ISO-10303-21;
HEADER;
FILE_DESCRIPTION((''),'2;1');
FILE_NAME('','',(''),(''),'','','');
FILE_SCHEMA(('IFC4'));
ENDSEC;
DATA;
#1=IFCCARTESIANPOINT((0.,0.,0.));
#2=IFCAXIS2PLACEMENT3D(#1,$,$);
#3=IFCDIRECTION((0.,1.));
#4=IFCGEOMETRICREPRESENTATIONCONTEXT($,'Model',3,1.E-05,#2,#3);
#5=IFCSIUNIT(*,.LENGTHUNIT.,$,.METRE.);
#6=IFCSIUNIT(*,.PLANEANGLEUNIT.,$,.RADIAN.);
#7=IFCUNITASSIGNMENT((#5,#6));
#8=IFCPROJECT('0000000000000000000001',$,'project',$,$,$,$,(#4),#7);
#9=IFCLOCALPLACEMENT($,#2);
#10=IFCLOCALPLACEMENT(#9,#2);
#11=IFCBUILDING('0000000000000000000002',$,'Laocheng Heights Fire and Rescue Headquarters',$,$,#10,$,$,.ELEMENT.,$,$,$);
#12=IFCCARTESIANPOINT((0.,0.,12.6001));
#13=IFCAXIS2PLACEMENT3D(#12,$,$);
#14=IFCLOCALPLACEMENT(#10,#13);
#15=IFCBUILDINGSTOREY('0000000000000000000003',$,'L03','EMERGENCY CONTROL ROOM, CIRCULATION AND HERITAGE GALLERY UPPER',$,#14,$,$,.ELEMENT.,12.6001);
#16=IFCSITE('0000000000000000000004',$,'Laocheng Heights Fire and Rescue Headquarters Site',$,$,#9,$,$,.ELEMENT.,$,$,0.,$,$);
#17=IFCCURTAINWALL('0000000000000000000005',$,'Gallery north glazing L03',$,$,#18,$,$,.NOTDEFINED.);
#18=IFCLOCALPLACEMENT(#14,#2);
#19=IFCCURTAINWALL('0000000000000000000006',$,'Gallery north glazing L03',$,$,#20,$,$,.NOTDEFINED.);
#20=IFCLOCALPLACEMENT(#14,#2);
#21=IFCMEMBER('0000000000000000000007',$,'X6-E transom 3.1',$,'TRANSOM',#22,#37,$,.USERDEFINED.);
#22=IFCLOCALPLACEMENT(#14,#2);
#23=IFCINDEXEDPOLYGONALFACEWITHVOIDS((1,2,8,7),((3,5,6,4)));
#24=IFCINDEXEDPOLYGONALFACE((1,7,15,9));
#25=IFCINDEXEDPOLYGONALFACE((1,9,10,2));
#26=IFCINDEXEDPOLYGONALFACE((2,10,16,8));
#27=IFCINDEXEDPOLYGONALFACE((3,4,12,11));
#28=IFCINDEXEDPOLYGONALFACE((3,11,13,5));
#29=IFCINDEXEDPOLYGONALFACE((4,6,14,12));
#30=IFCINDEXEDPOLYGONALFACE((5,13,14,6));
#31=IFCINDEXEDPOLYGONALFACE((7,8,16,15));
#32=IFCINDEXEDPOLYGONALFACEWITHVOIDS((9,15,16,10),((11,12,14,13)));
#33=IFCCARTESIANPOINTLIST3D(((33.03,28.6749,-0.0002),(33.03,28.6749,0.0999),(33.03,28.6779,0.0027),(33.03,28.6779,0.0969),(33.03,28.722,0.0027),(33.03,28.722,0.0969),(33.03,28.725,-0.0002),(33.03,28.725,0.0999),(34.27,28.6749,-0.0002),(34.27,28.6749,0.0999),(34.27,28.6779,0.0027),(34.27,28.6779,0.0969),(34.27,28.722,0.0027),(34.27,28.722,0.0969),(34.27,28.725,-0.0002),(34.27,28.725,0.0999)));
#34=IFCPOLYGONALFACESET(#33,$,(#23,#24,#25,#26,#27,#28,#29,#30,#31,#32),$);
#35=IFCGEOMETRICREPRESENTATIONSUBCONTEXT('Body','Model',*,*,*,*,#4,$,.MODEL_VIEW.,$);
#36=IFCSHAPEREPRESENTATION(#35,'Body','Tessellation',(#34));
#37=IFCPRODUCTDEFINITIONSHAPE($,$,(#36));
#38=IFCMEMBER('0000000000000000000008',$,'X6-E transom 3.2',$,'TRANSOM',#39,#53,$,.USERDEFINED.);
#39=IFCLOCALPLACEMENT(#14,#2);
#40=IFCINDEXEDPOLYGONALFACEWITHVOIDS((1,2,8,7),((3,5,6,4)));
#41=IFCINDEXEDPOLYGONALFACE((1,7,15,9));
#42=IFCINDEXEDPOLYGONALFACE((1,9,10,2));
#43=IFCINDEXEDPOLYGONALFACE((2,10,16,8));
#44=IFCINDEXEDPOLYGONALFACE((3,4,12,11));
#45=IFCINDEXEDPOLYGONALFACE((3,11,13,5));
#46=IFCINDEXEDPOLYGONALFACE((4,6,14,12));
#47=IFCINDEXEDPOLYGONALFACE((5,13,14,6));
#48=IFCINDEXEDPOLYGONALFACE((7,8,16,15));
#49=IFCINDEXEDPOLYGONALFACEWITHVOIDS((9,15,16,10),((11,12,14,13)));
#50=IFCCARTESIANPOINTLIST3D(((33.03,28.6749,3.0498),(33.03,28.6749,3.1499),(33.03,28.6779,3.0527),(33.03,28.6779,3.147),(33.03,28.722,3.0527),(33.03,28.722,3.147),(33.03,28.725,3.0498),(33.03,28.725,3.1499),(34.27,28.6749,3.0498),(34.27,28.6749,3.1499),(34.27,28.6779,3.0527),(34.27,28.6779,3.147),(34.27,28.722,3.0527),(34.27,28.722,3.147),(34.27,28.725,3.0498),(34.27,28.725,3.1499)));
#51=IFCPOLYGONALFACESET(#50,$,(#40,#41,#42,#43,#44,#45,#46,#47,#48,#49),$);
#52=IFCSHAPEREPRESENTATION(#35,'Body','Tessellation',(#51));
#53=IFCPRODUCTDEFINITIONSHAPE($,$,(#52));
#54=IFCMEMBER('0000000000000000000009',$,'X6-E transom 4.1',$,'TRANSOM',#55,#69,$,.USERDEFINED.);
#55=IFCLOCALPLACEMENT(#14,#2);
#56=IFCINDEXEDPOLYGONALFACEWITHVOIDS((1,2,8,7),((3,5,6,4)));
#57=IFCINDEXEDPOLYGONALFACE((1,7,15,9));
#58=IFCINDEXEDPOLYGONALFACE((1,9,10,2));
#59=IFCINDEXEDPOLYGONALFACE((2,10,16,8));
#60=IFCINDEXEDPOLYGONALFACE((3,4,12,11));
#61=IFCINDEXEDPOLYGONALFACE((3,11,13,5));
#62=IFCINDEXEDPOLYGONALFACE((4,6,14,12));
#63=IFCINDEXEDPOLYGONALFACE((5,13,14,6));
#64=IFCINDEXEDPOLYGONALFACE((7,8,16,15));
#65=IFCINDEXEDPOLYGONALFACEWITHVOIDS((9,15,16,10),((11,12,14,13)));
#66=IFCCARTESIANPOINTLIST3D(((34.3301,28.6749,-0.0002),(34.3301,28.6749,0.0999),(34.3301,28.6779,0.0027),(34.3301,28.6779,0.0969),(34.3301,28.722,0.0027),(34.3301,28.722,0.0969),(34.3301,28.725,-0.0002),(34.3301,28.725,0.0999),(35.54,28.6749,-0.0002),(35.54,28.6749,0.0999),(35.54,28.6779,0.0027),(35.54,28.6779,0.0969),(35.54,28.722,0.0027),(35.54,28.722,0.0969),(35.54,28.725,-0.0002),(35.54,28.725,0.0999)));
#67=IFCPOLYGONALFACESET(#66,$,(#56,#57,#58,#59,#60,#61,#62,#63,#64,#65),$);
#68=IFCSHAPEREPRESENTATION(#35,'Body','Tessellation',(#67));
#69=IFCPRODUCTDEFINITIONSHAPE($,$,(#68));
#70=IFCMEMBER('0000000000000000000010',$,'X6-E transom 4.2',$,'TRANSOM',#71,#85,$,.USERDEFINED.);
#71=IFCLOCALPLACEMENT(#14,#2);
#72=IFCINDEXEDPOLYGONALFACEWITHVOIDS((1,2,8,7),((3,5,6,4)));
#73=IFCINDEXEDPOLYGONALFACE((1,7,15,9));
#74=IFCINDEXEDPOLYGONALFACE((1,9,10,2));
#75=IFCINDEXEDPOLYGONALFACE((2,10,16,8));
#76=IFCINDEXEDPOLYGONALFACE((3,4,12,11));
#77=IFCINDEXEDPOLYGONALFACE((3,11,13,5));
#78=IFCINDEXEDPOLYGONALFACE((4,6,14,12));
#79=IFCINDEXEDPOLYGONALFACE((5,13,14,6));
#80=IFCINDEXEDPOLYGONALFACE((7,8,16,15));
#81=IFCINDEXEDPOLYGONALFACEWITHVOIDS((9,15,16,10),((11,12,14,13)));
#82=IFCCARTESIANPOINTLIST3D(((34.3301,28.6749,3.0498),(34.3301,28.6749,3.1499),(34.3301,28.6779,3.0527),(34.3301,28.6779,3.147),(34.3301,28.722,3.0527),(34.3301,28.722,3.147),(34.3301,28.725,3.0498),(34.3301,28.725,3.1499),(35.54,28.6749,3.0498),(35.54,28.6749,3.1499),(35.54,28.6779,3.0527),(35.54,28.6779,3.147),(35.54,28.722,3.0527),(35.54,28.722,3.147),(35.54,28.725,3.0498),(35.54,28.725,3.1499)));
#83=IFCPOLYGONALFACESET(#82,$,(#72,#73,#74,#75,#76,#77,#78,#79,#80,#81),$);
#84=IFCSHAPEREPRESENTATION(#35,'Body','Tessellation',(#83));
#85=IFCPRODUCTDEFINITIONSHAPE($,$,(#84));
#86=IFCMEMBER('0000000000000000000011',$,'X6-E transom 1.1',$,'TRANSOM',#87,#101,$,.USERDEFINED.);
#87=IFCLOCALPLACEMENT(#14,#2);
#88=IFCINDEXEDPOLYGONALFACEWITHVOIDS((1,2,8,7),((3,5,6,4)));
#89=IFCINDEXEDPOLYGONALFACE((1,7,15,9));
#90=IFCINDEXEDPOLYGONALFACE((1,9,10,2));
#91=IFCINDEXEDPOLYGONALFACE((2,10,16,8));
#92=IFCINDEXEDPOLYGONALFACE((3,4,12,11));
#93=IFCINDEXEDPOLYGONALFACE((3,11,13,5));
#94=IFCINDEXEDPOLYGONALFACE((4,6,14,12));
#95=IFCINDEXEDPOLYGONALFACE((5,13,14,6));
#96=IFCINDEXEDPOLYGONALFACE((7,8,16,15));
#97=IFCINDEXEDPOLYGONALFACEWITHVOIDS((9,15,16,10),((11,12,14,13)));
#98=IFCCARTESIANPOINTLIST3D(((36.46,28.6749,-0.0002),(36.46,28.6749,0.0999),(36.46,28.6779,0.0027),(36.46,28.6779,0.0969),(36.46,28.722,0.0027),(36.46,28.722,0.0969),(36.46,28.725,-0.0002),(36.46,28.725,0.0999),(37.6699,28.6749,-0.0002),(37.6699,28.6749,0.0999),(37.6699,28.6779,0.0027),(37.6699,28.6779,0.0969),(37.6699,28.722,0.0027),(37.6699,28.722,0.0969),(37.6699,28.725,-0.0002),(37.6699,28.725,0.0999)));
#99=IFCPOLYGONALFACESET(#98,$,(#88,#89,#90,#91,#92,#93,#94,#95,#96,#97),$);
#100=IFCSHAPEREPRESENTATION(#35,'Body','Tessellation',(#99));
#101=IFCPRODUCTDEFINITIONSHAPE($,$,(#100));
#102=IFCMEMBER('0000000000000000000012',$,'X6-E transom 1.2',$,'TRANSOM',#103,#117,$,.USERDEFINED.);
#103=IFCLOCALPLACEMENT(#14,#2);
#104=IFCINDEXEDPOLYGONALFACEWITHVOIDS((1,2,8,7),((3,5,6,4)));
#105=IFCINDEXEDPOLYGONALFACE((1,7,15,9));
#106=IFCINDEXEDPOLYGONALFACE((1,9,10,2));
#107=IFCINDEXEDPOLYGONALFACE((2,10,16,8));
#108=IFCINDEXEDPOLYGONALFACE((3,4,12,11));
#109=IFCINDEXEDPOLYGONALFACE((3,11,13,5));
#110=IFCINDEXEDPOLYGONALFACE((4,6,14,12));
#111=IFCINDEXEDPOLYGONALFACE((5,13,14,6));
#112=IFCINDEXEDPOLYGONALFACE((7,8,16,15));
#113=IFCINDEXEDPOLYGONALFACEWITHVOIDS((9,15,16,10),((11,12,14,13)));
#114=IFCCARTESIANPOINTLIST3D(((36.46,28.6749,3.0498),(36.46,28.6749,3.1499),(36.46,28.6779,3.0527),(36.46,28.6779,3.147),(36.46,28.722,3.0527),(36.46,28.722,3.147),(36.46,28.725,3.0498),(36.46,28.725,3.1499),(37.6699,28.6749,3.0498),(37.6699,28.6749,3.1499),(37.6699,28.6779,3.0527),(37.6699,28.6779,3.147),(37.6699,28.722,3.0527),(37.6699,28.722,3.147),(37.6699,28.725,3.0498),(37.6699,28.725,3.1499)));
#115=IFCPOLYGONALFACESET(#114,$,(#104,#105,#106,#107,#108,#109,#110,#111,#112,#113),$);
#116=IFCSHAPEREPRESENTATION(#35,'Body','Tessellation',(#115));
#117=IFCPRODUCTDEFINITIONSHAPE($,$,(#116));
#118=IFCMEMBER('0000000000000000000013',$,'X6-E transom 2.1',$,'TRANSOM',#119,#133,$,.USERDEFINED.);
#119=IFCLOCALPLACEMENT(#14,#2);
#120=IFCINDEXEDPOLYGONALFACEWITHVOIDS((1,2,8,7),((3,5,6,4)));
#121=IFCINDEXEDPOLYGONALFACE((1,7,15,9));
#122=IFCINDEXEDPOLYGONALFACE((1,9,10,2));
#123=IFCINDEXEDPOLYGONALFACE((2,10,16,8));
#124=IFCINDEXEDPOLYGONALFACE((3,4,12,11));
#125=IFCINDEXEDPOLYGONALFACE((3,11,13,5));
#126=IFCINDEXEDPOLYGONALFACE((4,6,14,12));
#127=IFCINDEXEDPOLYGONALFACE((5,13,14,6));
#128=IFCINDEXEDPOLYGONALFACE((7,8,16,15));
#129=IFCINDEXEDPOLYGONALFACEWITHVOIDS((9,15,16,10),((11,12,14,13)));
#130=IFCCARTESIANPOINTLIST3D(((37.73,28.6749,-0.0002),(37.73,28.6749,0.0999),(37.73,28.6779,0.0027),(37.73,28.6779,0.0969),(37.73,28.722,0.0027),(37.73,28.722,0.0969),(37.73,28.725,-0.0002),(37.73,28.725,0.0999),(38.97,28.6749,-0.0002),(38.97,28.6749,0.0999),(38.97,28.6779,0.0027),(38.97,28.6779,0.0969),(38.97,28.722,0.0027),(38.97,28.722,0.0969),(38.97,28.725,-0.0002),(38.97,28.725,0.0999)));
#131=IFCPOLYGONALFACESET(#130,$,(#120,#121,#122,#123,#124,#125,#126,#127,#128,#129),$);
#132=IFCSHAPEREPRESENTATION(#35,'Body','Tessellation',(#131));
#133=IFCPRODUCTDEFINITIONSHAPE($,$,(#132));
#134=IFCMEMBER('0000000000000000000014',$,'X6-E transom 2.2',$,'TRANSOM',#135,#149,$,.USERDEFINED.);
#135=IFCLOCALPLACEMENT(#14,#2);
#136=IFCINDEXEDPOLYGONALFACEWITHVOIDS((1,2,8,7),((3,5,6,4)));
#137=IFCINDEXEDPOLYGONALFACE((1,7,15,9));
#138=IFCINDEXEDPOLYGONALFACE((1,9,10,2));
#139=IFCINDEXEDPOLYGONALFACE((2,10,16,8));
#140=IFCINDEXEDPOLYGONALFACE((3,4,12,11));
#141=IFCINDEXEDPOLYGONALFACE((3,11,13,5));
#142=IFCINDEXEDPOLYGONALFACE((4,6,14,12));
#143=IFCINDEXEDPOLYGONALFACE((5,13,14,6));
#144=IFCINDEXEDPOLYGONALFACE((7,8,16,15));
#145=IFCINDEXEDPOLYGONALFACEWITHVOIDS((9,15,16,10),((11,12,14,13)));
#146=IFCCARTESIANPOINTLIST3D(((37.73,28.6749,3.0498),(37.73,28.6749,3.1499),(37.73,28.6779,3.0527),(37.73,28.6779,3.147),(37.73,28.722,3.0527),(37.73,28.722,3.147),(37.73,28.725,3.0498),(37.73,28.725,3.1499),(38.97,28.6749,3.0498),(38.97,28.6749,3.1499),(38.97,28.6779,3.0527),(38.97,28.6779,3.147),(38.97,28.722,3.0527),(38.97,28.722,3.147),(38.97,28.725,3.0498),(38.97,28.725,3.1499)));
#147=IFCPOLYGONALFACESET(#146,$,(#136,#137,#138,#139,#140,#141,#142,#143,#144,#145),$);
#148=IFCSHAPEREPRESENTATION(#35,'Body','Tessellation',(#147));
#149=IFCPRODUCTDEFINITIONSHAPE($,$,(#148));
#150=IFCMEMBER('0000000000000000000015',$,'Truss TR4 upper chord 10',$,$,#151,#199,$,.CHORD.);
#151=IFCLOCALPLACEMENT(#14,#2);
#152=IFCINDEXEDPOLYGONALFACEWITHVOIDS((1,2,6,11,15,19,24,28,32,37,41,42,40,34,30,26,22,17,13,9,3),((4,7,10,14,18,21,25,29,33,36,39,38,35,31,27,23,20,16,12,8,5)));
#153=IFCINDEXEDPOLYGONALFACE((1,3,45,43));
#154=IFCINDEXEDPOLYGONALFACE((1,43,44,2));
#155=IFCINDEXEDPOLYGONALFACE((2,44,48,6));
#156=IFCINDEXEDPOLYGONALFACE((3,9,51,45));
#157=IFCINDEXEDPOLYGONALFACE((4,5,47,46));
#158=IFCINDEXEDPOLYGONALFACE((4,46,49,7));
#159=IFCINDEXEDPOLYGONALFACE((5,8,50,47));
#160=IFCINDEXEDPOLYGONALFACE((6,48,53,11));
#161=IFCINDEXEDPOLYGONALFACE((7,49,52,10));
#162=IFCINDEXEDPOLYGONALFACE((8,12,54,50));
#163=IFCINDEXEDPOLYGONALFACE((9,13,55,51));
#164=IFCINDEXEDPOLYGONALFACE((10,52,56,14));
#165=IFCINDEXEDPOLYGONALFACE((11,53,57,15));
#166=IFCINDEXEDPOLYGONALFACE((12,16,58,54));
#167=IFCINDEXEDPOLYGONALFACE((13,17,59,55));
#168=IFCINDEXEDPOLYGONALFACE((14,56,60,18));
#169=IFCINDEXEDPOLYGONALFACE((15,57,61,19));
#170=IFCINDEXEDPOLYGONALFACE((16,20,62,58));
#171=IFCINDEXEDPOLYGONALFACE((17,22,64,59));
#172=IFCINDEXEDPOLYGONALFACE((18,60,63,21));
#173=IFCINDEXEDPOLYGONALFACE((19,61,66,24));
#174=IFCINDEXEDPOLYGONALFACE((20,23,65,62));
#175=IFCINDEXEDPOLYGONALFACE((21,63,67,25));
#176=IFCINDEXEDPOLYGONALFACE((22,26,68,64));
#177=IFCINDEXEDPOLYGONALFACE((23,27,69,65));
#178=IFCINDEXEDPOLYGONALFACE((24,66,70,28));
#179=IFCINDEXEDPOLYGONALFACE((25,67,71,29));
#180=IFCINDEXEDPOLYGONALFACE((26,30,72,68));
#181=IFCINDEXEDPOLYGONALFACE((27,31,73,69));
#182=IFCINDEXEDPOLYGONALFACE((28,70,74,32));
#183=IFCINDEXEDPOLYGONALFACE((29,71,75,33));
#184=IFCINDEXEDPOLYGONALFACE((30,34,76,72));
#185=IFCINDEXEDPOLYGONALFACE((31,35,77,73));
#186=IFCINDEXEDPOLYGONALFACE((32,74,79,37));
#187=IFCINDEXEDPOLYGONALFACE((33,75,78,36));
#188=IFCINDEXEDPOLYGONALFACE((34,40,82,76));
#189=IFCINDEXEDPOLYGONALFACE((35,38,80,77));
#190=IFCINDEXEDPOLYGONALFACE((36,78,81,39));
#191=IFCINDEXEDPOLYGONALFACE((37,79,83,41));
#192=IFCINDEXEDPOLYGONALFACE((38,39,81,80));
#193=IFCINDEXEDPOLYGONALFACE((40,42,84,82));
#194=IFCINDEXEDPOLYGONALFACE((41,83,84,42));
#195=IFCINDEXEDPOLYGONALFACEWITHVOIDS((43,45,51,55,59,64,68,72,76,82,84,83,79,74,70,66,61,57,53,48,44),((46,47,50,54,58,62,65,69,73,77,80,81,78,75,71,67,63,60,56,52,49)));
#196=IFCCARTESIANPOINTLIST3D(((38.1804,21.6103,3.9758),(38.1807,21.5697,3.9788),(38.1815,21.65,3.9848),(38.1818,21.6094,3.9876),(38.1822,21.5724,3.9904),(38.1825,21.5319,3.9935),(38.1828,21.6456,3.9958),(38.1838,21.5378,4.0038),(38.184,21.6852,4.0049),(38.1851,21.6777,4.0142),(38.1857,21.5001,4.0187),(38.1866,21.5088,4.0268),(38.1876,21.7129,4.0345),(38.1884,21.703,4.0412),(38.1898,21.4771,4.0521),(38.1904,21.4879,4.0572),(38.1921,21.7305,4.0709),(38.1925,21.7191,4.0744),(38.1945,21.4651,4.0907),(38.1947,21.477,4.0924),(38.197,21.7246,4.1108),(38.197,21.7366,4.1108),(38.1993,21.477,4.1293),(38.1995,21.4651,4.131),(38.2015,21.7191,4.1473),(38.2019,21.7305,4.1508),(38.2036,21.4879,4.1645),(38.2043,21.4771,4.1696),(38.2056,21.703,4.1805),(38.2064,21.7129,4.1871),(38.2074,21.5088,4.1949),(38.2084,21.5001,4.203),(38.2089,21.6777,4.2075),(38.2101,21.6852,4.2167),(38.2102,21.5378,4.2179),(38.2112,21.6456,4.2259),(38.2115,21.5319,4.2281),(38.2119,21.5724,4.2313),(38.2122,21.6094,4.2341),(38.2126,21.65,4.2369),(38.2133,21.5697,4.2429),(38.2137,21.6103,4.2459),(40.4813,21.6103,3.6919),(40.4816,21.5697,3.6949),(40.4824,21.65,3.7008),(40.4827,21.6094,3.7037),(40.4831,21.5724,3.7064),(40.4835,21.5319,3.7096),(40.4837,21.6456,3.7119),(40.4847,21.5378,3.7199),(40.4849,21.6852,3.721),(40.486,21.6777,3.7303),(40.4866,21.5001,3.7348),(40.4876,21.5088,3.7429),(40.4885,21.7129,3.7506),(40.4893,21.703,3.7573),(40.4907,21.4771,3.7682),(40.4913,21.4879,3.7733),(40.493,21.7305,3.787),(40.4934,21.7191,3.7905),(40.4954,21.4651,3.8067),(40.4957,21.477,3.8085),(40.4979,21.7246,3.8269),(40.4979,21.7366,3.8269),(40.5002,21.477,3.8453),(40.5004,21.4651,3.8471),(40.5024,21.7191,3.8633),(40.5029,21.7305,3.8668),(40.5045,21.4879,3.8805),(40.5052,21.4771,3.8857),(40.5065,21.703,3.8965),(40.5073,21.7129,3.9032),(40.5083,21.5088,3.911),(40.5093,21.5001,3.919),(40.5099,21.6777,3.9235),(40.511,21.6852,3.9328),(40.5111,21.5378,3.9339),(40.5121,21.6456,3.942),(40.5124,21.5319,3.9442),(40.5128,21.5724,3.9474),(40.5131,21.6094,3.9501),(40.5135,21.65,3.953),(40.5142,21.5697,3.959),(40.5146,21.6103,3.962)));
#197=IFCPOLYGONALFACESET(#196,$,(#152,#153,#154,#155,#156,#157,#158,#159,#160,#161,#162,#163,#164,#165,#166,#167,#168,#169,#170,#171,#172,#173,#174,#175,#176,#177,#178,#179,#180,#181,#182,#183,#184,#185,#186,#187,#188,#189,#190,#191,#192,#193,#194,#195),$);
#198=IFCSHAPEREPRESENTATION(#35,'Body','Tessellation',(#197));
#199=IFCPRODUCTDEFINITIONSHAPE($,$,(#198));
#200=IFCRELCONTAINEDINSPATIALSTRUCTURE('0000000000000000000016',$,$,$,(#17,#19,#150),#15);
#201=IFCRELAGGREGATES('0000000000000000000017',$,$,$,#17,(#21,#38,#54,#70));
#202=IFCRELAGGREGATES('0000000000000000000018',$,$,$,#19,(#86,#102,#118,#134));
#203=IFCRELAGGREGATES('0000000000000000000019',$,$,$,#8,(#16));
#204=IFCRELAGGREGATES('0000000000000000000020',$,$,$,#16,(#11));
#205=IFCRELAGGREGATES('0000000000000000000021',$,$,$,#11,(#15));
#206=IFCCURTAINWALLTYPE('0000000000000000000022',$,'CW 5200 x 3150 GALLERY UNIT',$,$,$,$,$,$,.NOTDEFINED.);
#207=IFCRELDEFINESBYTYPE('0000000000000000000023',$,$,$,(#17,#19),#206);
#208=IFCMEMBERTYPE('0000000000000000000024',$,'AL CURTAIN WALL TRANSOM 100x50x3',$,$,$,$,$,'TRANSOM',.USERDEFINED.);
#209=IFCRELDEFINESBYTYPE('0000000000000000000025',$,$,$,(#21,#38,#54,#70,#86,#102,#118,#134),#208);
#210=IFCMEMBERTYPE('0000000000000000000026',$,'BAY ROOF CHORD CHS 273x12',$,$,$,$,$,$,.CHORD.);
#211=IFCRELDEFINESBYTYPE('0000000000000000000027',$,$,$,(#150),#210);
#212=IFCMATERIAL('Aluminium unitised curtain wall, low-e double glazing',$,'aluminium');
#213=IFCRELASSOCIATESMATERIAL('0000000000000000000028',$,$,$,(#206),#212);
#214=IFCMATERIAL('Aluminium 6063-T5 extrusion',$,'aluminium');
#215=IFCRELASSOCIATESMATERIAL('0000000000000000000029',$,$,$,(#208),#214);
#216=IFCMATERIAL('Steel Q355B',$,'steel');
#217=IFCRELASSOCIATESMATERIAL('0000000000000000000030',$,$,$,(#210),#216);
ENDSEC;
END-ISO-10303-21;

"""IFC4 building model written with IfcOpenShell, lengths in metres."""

from ifc_helpers import new_model, si_unit, direction, frame, origin, origin_2d, place, context, subcontext, project, spatial, hollow_rectangle, hollow_circle, extrude, material, material_profile, profile_set, type_object, element, aggregate, save


model = new_model("IFC4")

# Units and contexts
model_context = context("Model", 3, precision=1e-05, world=origin(), true_north=direction((0.0, 1.0)))
body_context = subcontext(model_context, "Body", "Model", "MODEL_VIEW")
ifc_project = project(units=[si_unit("LENGTHUNIT", "METRE"), si_unit("PLANEANGLEUNIT", "RADIAN")], contexts=[model_context])

# Site, building, storey
site_placement = place(None, origin())
site = spatial("IfcSite", under=ifc_project, at=site_placement, Name="Laocheng Heights Fire and Rescue Headquarters Site", CompositionType="ELEMENT", RefElevation=0.0)
building_placement = place(site_placement, origin())
building = spatial("IfcBuilding", under=site, at=building_placement, Name="Laocheng Heights Fire and Rescue Headquarters", CompositionType="ELEMENT")
storey_placement = place(building_placement, frame((0.0, 0.0, 12.6001)))
storey = spatial("IfcBuildingStorey", under=building, at=storey_placement, Name="L03", Description="EMERGENCY CONTROL ROOM, CIRCULATION AND HERITAGE GALLERY UPPER", CompositionType="ELEMENT", Elevation=12.6001)

# Curtain walls
ifc_material_1 = material(Name="Aluminium unitised curtain wall, low-e double glazing", Category="aluminium")
curtain_wall_type = type_object("IfcCurtainWallType", Name="CW 5200 x 3150 GALLERY UNIT", PredefinedType="NOTDEFINED", material=ifc_material_1)
curtain_wall_1_placement = place(storey_placement, origin())
curtain_wall_1 = element("IfcCurtainWall", 1, at=curtain_wall_1_placement, inside=storey, type_object=curtain_wall_type, Name="Gallery north glazing L03", PredefinedType="NOTDEFINED")
curtain_wall_2_placement = place(storey_placement, origin())
curtain_wall_2 = element("IfcCurtainWall", 2, at=curtain_wall_2_placement, inside=storey, type_object=curtain_wall_type, Name="Gallery north glazing L03", PredefinedType="NOTDEFINED")

# Members
ifc_material_2 = material(Name="Aluminium 6063-T5 extrusion", Category="aluminium")
ifc_material_profile_1 = material_profile(ifc_material_2, hollow_rectangle(XDim=0.05, YDim=0.1001, WallThickness=0.0029, at=origin_2d()), Name="AL TRANSOM 100x50x3")
ifc_profile_set_1 = profile_set([ifc_material_profile_1], Name="Aluminium 6063-T5 extrusion")
member_type_1 = type_object("IfcMemberType", Name="AL CURTAIN WALL TRANSOM 100x50x3", ElementType="TRANSOM", PredefinedType="USERDEFINED", material=ifc_profile_set_1)
member_1_placement = place(storey_placement, frame((33.03, 28.7, 0.0498), z_axis=(1.0, 0.0, 0.0), x_axis=(0.0, 1.0, 0.0)))
member_1 = element("IfcMember", 3, at=member_1_placement, type_object=member_type_1, Name="X6-E transom 3.1", ObjectType="TRANSOM", PredefinedType="USERDEFINED", context=body_context, shape_type="SweptSolid", body=[
    extrude(hollow_rectangle(XDim=0.05, YDim=0.1001, WallThickness=0.0029, at=origin_2d()), origin(), (0.0, 0.0, 1.0), 1.24),
])
member_2_placement = place(storey_placement, frame((33.03, 28.7, 3.0999), z_axis=(1.0, 0.0, 0.0), x_axis=(0.0, 1.0, 0.0)))
member_2 = element("IfcMember", 4, at=member_2_placement, type_object=member_type_1, Name="X6-E transom 3.2", ObjectType="TRANSOM", PredefinedType="USERDEFINED", context=body_context, shape_type="SweptSolid", body=[
    extrude(hollow_rectangle(XDim=0.05, YDim=0.1001, WallThickness=0.0029, at=origin_2d()), origin(), (0.0, 0.0, 1.0), 1.24),
])
member_3_placement = place(storey_placement, frame((34.3301, 28.7, 0.0498), z_axis=(1.0, 0.0, 0.0), x_axis=(0.0, 1.0, 0.0)))
member_3 = element("IfcMember", 5, at=member_3_placement, type_object=member_type_1, Name="X6-E transom 4.1", ObjectType="TRANSOM", PredefinedType="USERDEFINED", context=body_context, shape_type="SweptSolid", body=[
    extrude(hollow_rectangle(XDim=0.05, YDim=0.1001, WallThickness=0.0029, at=origin_2d()), origin(), (0.0, 0.0, 1.0), 1.21),
])
member_4_placement = place(storey_placement, frame((34.3301, 28.7, 3.0999), z_axis=(1.0, 0.0, 0.0), x_axis=(0.0, 1.0, 0.0)))
member_4 = element("IfcMember", 6, at=member_4_placement, type_object=member_type_1, Name="X6-E transom 4.2", ObjectType="TRANSOM", PredefinedType="USERDEFINED", context=body_context, shape_type="SweptSolid", body=[
    extrude(hollow_rectangle(XDim=0.05, YDim=0.1001, WallThickness=0.0029, at=origin_2d()), origin(), (0.0, 0.0, 1.0), 1.21),
])
member_5_placement = place(storey_placement, frame((36.46, 28.7, 0.0498), z_axis=(1.0, 0.0, 0.0), x_axis=(0.0, 1.0, 0.0)))
member_5 = element("IfcMember", 7, at=member_5_placement, type_object=member_type_1, Name="X6-E transom 1.1", ObjectType="TRANSOM", PredefinedType="USERDEFINED", context=body_context, shape_type="SweptSolid", body=[
    extrude(hollow_rectangle(XDim=0.05, YDim=0.1001, WallThickness=0.0029, at=origin_2d()), origin(), (0.0, 0.0, 1.0), 1.21),
])
member_6_placement = place(storey_placement, frame((36.46, 28.7, 3.0999), z_axis=(1.0, 0.0, 0.0), x_axis=(0.0, 1.0, 0.0)))
member_6 = element("IfcMember", 8, at=member_6_placement, type_object=member_type_1, Name="X6-E transom 1.2", ObjectType="TRANSOM", PredefinedType="USERDEFINED", context=body_context, shape_type="SweptSolid", body=[
    extrude(hollow_rectangle(XDim=0.05, YDim=0.1001, WallThickness=0.0029, at=origin_2d()), origin(), (0.0, 0.0, 1.0), 1.21),
])
member_7_placement = place(storey_placement, frame((37.73, 28.7, 0.0498), z_axis=(1.0, 0.0, 0.0), x_axis=(0.0, 1.0, 0.0)))
member_7 = element("IfcMember", 9, at=member_7_placement, type_object=member_type_1, Name="X6-E transom 2.1", ObjectType="TRANSOM", PredefinedType="USERDEFINED", context=body_context, shape_type="SweptSolid", body=[
    extrude(hollow_rectangle(XDim=0.05, YDim=0.1001, WallThickness=0.0029, at=origin_2d()), origin(), (0.0, 0.0, 1.0), 1.24),
])
member_8_placement = place(storey_placement, frame((37.73, 28.7, 3.0999), z_axis=(1.0, 0.0, 0.0), x_axis=(0.0, 1.0, 0.0)))
member_8 = element("IfcMember", 10, at=member_8_placement, type_object=member_type_1, Name="X6-E transom 2.2", ObjectType="TRANSOM", PredefinedType="USERDEFINED", context=body_context, shape_type="SweptSolid", body=[
    extrude(hollow_rectangle(XDim=0.05, YDim=0.1001, WallThickness=0.0029, at=origin_2d()), origin(), (0.0, 0.0, 1.0), 1.24),
])
ifc_material_3 = material(Name="Steel Q355B", Category="steel")
ifc_material_profile_2 = material_profile(ifc_material_3, hollow_circle(Radius=0.1365, WallThickness=0.012, at=origin_2d()), Name="CHS 273x12")
ifc_profile_set_2 = profile_set([ifc_material_profile_2], Name="Steel Q355B")
member_type_2 = type_object("IfcMemberType", Name="BAY ROOF CHORD CHS 273x12", PredefinedType="CHORD", material=ifc_profile_set_2)
member_9_placement = place(storey_placement, frame((38.197, 21.6001, 4.1108), z_axis=(0.992473, 0.0, -0.122466), x_axis=(0.0, 1.0, 0.0)))
element("IfcMember", 11, at=member_9_placement, inside=storey, type_object=member_type_2, Name="Truss TR4 upper chord 10", PredefinedType="CHORD", context=body_context, shape_type="SweptSolid", body=[
    extrude(hollow_circle(Radius=0.1365, WallThickness=0.012, at=origin_2d()), origin(), (0.0, 0.0, 1.0), 2.3184),
])

aggregate(curtain_wall_1, [member_1, member_2, member_3, member_4])
aggregate(curtain_wall_2, [member_5, member_6, member_7, member_8])

save(model, "model.ifc")
